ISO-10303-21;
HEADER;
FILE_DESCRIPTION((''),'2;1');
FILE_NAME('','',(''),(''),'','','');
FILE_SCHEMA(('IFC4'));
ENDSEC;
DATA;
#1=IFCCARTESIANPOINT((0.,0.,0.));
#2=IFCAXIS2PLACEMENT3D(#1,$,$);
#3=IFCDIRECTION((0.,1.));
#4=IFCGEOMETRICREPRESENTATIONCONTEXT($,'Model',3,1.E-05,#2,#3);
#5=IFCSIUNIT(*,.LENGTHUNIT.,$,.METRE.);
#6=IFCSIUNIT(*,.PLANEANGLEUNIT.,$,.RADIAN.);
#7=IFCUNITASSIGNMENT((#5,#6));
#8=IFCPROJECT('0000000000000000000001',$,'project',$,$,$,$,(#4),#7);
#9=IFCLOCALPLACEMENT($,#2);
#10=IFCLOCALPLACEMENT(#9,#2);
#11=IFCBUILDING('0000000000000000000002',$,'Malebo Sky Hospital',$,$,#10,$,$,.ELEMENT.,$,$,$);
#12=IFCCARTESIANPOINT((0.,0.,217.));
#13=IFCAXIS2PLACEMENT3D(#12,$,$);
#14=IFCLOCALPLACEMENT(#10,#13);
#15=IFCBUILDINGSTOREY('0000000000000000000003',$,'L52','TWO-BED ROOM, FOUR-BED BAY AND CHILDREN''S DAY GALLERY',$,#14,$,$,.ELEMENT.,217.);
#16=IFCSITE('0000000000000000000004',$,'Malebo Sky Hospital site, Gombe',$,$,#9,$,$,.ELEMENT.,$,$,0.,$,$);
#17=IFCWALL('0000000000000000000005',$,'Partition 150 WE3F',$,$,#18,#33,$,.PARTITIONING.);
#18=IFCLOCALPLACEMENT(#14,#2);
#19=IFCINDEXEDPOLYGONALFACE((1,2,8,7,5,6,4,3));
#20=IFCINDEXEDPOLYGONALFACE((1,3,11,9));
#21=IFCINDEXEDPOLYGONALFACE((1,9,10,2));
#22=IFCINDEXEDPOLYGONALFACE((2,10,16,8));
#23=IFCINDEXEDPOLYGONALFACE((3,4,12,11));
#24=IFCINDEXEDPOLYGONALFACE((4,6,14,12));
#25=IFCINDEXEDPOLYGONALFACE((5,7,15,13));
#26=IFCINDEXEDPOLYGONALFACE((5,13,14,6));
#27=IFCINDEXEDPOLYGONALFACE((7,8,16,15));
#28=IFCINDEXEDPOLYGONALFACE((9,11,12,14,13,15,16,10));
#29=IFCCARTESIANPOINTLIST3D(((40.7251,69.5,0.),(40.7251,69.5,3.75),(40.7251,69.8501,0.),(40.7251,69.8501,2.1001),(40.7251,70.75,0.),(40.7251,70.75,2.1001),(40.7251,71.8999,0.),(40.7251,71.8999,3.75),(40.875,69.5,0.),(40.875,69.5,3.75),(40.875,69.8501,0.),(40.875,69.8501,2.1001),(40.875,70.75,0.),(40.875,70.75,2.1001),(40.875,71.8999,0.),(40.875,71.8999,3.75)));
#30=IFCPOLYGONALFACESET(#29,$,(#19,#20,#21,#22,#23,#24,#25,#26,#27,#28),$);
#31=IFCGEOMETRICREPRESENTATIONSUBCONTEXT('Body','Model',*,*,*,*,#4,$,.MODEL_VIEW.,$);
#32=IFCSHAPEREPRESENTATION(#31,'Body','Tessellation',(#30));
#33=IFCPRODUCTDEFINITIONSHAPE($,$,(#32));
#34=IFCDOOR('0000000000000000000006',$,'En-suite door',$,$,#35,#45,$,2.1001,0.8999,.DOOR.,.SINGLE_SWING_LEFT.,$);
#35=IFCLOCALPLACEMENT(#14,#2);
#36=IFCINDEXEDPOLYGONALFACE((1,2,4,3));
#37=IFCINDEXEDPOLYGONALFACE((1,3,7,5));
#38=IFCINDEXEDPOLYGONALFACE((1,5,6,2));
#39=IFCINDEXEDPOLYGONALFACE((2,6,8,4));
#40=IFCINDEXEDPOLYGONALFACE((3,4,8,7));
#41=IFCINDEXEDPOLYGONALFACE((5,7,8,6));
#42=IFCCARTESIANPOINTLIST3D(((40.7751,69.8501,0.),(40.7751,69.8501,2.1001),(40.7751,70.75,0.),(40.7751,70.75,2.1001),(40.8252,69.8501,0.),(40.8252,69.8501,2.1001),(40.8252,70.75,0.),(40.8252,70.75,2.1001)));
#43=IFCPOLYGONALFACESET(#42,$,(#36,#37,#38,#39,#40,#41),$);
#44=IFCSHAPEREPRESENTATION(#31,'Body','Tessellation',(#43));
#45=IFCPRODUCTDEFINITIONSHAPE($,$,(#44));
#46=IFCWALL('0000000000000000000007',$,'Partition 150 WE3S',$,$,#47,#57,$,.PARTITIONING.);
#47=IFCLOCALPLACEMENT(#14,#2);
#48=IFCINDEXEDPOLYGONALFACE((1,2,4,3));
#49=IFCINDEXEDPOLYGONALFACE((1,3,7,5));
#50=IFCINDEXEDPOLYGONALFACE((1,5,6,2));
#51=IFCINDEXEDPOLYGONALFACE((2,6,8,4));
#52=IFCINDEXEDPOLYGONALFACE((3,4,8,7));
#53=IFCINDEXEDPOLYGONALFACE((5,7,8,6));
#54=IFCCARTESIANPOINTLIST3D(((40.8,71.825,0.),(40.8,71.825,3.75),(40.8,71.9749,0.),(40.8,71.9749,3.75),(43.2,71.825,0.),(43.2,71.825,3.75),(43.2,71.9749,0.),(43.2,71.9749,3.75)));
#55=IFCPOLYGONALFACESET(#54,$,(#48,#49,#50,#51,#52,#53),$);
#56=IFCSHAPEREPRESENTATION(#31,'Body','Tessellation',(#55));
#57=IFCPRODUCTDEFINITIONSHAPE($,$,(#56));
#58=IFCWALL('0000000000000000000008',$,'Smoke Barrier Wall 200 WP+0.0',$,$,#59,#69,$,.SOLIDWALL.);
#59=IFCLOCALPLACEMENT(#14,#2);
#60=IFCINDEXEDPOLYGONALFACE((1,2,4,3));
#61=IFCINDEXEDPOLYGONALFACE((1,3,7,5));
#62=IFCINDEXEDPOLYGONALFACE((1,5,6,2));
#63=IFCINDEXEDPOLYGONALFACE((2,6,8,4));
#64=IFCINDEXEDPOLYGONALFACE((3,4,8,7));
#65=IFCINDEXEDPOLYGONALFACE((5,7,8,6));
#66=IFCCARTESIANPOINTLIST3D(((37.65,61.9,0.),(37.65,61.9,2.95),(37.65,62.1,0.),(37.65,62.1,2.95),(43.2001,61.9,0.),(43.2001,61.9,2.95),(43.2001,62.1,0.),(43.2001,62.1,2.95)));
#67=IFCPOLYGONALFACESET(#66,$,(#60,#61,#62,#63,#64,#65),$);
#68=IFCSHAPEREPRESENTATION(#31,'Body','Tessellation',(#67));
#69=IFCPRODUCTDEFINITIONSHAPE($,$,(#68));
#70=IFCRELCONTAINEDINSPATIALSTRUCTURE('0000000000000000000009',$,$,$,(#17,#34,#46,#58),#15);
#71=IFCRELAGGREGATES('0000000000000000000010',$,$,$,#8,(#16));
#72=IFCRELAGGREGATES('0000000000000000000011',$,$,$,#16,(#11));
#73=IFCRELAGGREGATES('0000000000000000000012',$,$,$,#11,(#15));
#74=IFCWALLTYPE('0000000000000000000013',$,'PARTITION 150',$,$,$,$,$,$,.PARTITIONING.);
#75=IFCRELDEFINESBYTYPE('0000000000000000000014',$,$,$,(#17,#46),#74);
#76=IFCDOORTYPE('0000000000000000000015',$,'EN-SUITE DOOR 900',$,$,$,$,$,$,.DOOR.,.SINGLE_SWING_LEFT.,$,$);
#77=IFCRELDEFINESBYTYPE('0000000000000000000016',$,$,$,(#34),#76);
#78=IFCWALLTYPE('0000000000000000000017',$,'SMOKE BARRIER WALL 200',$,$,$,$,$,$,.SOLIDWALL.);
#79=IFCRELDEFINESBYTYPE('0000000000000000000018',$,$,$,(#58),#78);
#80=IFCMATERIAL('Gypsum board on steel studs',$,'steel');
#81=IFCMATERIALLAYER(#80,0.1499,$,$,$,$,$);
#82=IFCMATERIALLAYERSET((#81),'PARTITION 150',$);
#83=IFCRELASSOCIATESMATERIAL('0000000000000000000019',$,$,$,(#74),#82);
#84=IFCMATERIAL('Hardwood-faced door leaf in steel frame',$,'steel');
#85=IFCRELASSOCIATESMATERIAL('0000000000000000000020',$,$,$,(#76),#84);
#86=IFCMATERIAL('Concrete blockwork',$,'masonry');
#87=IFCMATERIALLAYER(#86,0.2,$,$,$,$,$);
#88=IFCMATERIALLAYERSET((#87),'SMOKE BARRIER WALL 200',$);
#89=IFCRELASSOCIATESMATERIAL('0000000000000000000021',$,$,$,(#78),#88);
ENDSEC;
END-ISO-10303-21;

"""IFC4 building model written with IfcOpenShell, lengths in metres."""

from ifc_helpers import new_model, si_unit, direction, frame, frame_2d, origin, place, context, subcontext, project, spatial, rectangle, extrude, material, layer, layer_set, type_object, element, fill, save


model = new_model("IFC4")

# Units and contexts
model_context = context("Model", 3, precision=1e-05, world=origin(), true_north=direction((0.0, 1.0)))
body_context = subcontext(model_context, "Body", "Model", "MODEL_VIEW")
ifc_project = project(units=[si_unit("LENGTHUNIT", "METRE"), si_unit("PLANEANGLEUNIT", "RADIAN")], contexts=[model_context])

# Site, building, storey
site_placement = place(None, origin())
site = spatial("IfcSite", under=ifc_project, at=site_placement, Name="Malebo Sky Hospital site, Gombe", CompositionType="ELEMENT", RefElevation=0.0)
building_placement = place(site_placement, origin())
building = spatial("IfcBuilding", under=site, at=building_placement, Name="Malebo Sky Hospital", CompositionType="ELEMENT")
storey_placement = place(building_placement, frame((0.0, 0.0, 217.0)))
storey = spatial("IfcBuildingStorey", under=building, at=storey_placement, Name="L52", Description="TWO-BED ROOM, FOUR-BED BAY AND CHILDREN'S DAY GALLERY", CompositionType="ELEMENT", Elevation=217.0)

# Shared definitions
ifc_material_1 = material(Name="Gypsum board on steel studs", Category="steel")
ifc_layer_1 = layer(ifc_material_1, 0.1499)
ifc_layer_set_1 = layer_set([ifc_layer_1], Name="PARTITION 150")
wall_type_1 = type_object("IfcWallType", Name="PARTITION 150", PredefinedType="PARTITIONING", material=ifc_layer_set_1)

# Shared definitions
ifc_material_2 = material(Name="Hardwood-faced door leaf in steel frame", Category="steel")
door_type = type_object("IfcDoorType", Name="EN-SUITE DOOR 900", OperationType="SINGLE_SWING_LEFT", PredefinedType="DOOR", material=ifc_material_2)

# Wall, opening, door
wall_1_placement = place(storey_placement, frame((40.8, 69.5, 0.0), z_axis=(0.0, 0.0, 1.0), x_axis=(0.0, 1.0, 0.0)))
wall_1 = element("IfcWall", 1, at=wall_1_placement, inside=storey, type_object=wall_type_1, Name="Partition 150 WE3F", PredefinedType="PARTITIONING", context=body_context, shape_type="SweptSolid", body=[
    extrude(rectangle(XDim=2.3999, YDim=0.1499, at=frame_2d((1.2, 0.0))), origin(), (0.0, 0.0, 1.0), 3.75),
])
opening_1_placement = place(wall_1_placement, frame((0.3501, 0.0, 0.0)))
opening_1 = element("IfcOpeningElement", 2, at=opening_1_placement, cuts=wall_1, PredefinedType="OPENING", context=body_context, shape_type="SweptSolid", body=[
    extrude(rectangle(XDim=0.8999, YDim=2.1001, at=frame_2d((0.45, 1.05))), frame((0.0, 0.085, 0.0), z_axis=(0.0, -1.0, 0.0), x_axis=(1.0, 0.0, 0.0)), (0.0, 0.0, 1.0), 0.1699),
])
door_1_placement = place(opening_1_placement, origin())
door_1 = element("IfcDoor", 3, at=door_1_placement, inside=storey, type_object=door_type, Name="En-suite door", OperationType="SINGLE_SWING_LEFT", OverallHeight=2.1001, OverallWidth=0.8999, PredefinedType="DOOR", context=body_context, shape_type="SweptSolid", body=[
    extrude(rectangle(XDim=0.8999, YDim=2.1001, at=frame_2d((0.45, 1.05))), frame((0.0, 0.0249, 0.0), z_axis=(0.0, -1.0, 0.0), x_axis=(1.0, 0.0, 0.0)), (0.0, 0.0, 1.0), 0.05),
])
fill(opening_1, door_1)

# Walls
wall_2_placement = place(storey_placement, frame((43.2, 71.8999, 0.0), z_axis=(0.0, 0.0, 1.0), x_axis=(-1.0, 0.0, 0.0)))
element("IfcWall", 4, at=wall_2_placement, inside=storey, type_object=wall_type_1, Name="Partition 150 WE3S", PredefinedType="PARTITIONING", context=body_context, shape_type="SweptSolid", body=[
    extrude(rectangle(XDim=2.3999, YDim=0.1499, at=frame_2d((1.2, 0.0))), origin(), (0.0, 0.0, 1.0), 3.75),
])
ifc_material_3 = material(Name="Concrete blockwork", Category="masonry")
ifc_layer_2 = layer(ifc_material_3, 0.2)
ifc_layer_set_2 = layer_set([ifc_layer_2], Name="SMOKE BARRIER WALL 200")
wall_type_2 = type_object("IfcWallType", Name="SMOKE BARRIER WALL 200", PredefinedType="SOLIDWALL", material=ifc_layer_set_2)
wall_3_placement = place(storey_placement, frame((43.2, 62.0, 0.0), z_axis=(0.0, 0.0, 1.0), x_axis=(-1.0, 0.0, 0.0)))
element("IfcWall", 5, at=wall_3_placement, inside=storey, type_object=wall_type_2, Name="Smoke Barrier Wall 200 WP+0.0", PredefinedType="SOLIDWALL", context=body_context, shape_type="SweptSolid", body=[
    extrude(rectangle(XDim=5.55, YDim=0.2, at=frame_2d((2.7749, 0.0))), origin(), (0.0, 0.0, 1.0), 2.95),
])

save(model, "model.ifc")
